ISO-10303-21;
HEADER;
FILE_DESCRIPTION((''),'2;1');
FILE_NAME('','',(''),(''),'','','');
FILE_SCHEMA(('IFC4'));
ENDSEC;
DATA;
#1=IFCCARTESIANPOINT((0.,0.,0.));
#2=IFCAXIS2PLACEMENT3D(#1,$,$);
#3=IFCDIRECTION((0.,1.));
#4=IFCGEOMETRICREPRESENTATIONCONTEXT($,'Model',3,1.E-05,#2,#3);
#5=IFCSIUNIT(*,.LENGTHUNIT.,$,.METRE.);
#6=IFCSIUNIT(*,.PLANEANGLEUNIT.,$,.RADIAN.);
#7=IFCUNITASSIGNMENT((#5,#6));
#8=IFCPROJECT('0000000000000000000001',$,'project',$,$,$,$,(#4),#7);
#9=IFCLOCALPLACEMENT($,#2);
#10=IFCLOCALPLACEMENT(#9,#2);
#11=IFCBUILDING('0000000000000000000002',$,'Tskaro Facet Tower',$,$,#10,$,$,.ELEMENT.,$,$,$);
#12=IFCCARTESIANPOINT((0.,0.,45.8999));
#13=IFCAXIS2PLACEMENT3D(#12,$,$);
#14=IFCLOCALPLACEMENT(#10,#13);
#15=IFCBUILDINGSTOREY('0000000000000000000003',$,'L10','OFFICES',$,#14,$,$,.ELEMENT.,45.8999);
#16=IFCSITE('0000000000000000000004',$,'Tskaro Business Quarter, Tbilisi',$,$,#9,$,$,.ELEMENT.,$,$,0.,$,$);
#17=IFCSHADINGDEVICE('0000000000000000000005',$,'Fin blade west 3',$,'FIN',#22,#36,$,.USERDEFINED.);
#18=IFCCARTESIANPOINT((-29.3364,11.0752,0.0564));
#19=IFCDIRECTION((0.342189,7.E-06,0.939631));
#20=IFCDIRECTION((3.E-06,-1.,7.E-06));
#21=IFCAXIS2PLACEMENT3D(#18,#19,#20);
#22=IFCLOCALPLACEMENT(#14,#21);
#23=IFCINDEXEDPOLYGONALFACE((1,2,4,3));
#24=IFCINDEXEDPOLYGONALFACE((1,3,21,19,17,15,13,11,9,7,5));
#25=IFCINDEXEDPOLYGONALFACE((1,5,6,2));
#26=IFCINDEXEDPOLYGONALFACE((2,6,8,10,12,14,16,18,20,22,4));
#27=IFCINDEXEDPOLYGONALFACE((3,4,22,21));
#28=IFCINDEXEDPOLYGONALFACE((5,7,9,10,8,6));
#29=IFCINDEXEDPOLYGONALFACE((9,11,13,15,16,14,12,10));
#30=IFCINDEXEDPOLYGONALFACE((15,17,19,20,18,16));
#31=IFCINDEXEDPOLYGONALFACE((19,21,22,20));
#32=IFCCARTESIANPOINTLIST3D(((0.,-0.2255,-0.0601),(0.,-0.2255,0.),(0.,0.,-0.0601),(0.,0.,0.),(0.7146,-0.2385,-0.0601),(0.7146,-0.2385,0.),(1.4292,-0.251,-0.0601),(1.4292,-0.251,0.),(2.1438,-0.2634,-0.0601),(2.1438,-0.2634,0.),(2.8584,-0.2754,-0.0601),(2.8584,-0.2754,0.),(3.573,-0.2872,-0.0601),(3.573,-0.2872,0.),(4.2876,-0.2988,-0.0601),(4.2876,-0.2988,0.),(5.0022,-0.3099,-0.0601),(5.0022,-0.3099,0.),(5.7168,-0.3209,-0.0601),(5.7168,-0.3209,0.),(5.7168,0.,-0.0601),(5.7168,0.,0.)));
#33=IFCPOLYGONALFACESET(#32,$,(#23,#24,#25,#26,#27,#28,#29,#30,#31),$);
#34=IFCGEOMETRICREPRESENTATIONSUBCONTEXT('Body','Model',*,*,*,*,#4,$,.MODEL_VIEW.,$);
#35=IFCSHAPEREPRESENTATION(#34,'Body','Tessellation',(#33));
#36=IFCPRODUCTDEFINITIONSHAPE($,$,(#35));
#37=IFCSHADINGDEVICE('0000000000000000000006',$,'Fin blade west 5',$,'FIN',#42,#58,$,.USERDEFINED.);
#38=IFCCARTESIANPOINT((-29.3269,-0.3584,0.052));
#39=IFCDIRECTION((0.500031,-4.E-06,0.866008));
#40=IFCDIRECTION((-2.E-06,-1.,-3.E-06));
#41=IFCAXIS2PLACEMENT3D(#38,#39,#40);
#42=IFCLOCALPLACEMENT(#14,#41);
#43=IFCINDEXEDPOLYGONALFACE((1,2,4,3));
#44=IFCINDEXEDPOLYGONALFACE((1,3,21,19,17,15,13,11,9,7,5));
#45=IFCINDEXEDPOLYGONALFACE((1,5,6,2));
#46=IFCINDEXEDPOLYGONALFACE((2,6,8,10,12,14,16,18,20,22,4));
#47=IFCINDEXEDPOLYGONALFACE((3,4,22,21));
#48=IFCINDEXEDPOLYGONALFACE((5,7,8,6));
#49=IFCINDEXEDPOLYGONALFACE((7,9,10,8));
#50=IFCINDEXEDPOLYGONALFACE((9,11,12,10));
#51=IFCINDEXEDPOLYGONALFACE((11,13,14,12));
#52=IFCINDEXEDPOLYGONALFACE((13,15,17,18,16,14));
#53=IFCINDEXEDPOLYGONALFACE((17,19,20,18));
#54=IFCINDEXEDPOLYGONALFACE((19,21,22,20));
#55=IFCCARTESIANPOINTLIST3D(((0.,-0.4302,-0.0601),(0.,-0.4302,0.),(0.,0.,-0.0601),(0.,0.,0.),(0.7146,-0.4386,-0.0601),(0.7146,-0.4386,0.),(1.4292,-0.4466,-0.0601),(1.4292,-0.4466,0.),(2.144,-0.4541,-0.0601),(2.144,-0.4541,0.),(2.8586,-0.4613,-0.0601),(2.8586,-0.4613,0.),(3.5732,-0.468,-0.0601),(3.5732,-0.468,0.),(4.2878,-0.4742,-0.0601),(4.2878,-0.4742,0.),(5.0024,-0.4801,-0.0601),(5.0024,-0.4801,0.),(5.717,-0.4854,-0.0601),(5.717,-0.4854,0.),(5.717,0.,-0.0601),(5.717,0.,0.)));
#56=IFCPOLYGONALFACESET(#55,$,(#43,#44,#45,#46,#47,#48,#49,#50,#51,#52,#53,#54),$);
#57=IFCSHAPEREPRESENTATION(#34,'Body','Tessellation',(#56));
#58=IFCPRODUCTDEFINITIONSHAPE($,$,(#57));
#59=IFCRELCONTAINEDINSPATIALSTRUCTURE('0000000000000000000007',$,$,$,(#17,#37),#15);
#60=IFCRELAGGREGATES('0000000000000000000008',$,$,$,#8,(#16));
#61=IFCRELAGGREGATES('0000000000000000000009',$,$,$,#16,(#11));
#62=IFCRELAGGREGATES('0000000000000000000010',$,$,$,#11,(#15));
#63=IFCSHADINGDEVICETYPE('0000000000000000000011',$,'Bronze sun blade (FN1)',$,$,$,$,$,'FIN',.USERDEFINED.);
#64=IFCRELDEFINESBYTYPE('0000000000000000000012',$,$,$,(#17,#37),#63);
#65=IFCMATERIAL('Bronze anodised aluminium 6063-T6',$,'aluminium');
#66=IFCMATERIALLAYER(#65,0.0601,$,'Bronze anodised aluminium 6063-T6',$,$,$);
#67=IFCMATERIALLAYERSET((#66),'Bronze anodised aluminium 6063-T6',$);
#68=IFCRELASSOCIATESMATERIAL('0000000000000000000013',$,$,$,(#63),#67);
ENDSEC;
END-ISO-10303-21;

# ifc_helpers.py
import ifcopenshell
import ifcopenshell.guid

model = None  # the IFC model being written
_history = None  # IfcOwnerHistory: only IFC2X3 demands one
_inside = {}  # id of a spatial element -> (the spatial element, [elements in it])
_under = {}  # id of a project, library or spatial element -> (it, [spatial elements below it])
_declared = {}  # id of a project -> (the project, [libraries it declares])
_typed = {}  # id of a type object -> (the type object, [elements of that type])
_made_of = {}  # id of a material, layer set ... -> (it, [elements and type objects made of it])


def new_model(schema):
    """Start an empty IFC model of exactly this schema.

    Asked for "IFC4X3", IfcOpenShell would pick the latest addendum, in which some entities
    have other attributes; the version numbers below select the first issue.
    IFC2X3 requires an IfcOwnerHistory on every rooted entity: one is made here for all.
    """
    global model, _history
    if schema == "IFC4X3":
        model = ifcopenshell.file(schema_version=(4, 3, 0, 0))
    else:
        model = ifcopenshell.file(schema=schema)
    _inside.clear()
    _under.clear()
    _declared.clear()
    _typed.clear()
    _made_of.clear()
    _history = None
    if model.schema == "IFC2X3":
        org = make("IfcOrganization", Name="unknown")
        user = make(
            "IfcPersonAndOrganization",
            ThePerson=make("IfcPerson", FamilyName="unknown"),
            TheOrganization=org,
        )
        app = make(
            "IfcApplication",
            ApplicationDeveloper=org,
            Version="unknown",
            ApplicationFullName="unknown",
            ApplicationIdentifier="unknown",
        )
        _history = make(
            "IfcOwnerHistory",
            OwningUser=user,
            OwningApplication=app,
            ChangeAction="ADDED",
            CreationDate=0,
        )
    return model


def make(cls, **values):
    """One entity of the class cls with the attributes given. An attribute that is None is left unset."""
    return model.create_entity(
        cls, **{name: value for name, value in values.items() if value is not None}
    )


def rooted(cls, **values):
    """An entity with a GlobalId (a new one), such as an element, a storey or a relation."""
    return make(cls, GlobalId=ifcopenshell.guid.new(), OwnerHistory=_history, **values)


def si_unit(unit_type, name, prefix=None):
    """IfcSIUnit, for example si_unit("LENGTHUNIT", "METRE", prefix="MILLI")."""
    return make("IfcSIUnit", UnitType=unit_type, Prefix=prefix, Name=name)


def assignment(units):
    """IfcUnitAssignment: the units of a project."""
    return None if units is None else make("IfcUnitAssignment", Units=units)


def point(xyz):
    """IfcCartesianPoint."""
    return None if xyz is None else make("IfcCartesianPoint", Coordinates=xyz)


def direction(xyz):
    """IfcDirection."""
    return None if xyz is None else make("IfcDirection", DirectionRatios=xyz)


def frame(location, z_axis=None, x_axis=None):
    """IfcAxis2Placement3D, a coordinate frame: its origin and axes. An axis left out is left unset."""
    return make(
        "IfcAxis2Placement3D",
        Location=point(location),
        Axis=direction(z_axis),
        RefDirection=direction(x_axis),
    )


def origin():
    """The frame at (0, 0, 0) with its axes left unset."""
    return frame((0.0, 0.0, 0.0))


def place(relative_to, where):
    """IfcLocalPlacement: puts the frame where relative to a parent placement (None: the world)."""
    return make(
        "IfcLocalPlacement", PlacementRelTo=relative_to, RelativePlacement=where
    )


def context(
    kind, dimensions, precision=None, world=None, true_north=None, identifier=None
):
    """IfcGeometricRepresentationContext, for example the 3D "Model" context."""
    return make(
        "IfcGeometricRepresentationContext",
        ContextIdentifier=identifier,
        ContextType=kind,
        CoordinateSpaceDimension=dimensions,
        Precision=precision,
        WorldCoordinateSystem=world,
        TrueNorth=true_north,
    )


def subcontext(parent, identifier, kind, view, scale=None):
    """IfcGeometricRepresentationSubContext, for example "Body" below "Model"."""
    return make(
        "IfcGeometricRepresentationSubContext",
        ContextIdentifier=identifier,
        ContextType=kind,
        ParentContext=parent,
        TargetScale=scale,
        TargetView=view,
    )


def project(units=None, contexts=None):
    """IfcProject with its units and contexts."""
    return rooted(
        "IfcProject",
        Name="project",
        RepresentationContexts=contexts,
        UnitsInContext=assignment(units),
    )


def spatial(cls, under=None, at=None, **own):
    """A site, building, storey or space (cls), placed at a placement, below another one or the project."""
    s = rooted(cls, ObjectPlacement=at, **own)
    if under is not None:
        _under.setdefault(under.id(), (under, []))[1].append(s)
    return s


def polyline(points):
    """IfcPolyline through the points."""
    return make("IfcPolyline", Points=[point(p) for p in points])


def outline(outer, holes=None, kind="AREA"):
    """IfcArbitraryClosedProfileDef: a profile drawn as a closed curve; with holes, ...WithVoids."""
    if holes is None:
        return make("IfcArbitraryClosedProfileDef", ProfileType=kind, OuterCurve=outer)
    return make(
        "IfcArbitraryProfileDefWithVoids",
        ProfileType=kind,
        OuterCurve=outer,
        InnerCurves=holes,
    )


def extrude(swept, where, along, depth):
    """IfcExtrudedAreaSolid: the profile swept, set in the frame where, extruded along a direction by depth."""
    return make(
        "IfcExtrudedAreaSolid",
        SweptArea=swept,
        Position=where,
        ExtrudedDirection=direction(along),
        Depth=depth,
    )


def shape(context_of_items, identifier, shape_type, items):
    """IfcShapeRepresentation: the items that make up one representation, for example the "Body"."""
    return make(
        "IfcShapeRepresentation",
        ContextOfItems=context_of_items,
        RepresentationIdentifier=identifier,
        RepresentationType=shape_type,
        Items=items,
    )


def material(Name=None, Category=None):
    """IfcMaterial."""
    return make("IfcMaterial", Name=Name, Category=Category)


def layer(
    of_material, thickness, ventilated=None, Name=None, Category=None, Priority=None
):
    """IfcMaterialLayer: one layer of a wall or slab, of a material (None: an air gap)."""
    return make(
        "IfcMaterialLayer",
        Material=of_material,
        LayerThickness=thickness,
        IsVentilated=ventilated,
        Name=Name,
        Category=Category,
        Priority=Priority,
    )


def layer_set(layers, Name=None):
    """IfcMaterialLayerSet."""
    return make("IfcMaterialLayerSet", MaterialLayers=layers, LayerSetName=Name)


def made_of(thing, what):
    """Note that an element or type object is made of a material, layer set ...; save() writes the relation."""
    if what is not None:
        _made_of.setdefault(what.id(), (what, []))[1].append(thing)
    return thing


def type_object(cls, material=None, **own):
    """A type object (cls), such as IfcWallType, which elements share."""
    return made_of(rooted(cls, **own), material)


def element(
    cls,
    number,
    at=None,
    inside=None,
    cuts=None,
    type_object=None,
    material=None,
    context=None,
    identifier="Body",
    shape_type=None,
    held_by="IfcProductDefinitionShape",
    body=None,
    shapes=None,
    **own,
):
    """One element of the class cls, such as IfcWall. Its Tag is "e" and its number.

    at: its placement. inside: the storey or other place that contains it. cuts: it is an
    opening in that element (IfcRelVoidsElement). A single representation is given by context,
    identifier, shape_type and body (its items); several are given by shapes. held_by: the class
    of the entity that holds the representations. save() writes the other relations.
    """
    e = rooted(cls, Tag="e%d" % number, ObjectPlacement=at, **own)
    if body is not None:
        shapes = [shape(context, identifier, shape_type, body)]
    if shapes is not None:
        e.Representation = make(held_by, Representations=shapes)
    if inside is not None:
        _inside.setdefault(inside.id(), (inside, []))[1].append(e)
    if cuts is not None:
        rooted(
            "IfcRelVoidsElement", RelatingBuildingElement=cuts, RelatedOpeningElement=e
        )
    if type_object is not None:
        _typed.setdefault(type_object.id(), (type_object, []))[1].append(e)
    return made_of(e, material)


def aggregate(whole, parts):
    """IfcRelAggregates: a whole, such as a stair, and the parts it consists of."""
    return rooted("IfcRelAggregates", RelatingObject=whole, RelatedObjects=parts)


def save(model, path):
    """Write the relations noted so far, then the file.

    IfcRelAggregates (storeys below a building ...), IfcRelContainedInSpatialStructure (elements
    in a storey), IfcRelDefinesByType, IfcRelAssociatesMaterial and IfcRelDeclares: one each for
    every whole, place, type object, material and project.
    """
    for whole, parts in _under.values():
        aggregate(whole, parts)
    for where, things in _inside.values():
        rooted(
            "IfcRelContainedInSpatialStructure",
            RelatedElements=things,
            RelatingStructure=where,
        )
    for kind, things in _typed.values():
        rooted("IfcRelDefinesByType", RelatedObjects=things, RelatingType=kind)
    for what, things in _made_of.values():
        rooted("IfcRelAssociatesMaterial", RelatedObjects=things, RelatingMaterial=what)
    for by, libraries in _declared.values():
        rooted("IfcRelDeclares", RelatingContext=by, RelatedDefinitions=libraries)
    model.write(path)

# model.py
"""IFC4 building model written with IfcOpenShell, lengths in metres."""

from ifc_helpers import new_model, si_unit, direction, frame, origin, place, context, subcontext, project, spatial, polyline, outline, extrude, material, layer, layer_set, type_object, element, save


model = new_model("IFC4")

# Units and contexts
model_context = context("Model", 3, precision=1e-05, world=origin(), true_north=direction((0.0, 1.0)))
body_context = subcontext(model_context, "Body", "Model", "MODEL_VIEW")
ifc_project = project(units=[si_unit("LENGTHUNIT", "METRE"), si_unit("PLANEANGLEUNIT", "RADIAN")], contexts=[model_context])

# Site, building, storey
site_placement = place(None, origin())
site = spatial("IfcSite", under=ifc_project, at=site_placement, Name="Tskaro Business Quarter, Tbilisi", CompositionType="ELEMENT", RefElevation=0.0)
building_placement = place(site_placement, origin())
building = spatial("IfcBuilding", under=site, at=building_placement, Name="Tskaro Facet Tower", CompositionType="ELEMENT")
storey_placement = place(building_placement, frame((0.0, 0.0, 45.8999)))
storey = spatial("IfcBuildingStorey", under=building, at=storey_placement, Name="L10", Description="OFFICES", CompositionType="ELEMENT", Elevation=45.8999)

# Shared definitions
ifc_material_1 = material(Name="Bronze anodised aluminium 6063-T6", Category="aluminium")

# Shading devices
ifc_layer_1 = layer(ifc_material_1, 0.0601, Name="Bronze anodised aluminium 6063-T6")
ifc_layer_set_1 = layer_set([ifc_layer_1], Name="Bronze anodised aluminium 6063-T6")
shading_device_type = type_object("IfcShadingDeviceType", Name="Bronze sun blade (FN1)", ElementType="FIN", PredefinedType="USERDEFINED", material=ifc_layer_set_1)
shading_device_1_placement = place(storey_placement, frame((-29.3364, 11.0752, 0.0564), z_axis=(0.342189, 0.000007, 0.939631), x_axis=(0.000003, -1.0, 0.000007)))
element("IfcShadingDevice", 1, at=shading_device_1_placement, inside=storey, type_object=shading_device_type, Name="Fin blade west 3", ObjectType="FIN", PredefinedType="USERDEFINED", context=body_context, shape_type="SweptSolid", body=[
    extrude(outline(polyline([(0.0, 0.0), (5.7168, 0.0), (5.7168, -0.3209), (5.0022, -0.3099), (4.2876, -0.2988), (3.573, -0.2872), (2.8584, -0.2754), (2.1438, -0.2634), (1.4292, -0.251), (0.7146, -0.2385), (0.0, -0.2255), (0.0, 0.0)])), origin(), (0.0, 0.0, -1.0), 0.0601),
])
shading_device_2_placement = place(storey_placement, frame((-29.3269, -0.3584, 0.052), z_axis=(0.500031, -0.000004, 0.866008), x_axis=(-0.000002, -1.0, -0.000003)))
element("IfcShadingDevice", 2, at=shading_device_2_placement, inside=storey, type_object=shading_device_type, Name="Fin blade west 5", ObjectType="FIN", PredefinedType="USERDEFINED", context=body_context, shape_type="SweptSolid", body=[
    extrude(outline(polyline([(0.0, 0.0), (5.717, 0.0), (5.717, -0.4854), (5.0024, -0.4801), (4.2878, -0.4742), (3.5732, -0.468), (2.8586, -0.4613), (2.144, -0.4541), (1.4292, -0.4466), (0.7146, -0.4386), (0.0, -0.4302), (0.0, 0.0)])), origin(), (0.0, 0.0, -1.0), 0.0601),
])

save(model, "model.ifc")
